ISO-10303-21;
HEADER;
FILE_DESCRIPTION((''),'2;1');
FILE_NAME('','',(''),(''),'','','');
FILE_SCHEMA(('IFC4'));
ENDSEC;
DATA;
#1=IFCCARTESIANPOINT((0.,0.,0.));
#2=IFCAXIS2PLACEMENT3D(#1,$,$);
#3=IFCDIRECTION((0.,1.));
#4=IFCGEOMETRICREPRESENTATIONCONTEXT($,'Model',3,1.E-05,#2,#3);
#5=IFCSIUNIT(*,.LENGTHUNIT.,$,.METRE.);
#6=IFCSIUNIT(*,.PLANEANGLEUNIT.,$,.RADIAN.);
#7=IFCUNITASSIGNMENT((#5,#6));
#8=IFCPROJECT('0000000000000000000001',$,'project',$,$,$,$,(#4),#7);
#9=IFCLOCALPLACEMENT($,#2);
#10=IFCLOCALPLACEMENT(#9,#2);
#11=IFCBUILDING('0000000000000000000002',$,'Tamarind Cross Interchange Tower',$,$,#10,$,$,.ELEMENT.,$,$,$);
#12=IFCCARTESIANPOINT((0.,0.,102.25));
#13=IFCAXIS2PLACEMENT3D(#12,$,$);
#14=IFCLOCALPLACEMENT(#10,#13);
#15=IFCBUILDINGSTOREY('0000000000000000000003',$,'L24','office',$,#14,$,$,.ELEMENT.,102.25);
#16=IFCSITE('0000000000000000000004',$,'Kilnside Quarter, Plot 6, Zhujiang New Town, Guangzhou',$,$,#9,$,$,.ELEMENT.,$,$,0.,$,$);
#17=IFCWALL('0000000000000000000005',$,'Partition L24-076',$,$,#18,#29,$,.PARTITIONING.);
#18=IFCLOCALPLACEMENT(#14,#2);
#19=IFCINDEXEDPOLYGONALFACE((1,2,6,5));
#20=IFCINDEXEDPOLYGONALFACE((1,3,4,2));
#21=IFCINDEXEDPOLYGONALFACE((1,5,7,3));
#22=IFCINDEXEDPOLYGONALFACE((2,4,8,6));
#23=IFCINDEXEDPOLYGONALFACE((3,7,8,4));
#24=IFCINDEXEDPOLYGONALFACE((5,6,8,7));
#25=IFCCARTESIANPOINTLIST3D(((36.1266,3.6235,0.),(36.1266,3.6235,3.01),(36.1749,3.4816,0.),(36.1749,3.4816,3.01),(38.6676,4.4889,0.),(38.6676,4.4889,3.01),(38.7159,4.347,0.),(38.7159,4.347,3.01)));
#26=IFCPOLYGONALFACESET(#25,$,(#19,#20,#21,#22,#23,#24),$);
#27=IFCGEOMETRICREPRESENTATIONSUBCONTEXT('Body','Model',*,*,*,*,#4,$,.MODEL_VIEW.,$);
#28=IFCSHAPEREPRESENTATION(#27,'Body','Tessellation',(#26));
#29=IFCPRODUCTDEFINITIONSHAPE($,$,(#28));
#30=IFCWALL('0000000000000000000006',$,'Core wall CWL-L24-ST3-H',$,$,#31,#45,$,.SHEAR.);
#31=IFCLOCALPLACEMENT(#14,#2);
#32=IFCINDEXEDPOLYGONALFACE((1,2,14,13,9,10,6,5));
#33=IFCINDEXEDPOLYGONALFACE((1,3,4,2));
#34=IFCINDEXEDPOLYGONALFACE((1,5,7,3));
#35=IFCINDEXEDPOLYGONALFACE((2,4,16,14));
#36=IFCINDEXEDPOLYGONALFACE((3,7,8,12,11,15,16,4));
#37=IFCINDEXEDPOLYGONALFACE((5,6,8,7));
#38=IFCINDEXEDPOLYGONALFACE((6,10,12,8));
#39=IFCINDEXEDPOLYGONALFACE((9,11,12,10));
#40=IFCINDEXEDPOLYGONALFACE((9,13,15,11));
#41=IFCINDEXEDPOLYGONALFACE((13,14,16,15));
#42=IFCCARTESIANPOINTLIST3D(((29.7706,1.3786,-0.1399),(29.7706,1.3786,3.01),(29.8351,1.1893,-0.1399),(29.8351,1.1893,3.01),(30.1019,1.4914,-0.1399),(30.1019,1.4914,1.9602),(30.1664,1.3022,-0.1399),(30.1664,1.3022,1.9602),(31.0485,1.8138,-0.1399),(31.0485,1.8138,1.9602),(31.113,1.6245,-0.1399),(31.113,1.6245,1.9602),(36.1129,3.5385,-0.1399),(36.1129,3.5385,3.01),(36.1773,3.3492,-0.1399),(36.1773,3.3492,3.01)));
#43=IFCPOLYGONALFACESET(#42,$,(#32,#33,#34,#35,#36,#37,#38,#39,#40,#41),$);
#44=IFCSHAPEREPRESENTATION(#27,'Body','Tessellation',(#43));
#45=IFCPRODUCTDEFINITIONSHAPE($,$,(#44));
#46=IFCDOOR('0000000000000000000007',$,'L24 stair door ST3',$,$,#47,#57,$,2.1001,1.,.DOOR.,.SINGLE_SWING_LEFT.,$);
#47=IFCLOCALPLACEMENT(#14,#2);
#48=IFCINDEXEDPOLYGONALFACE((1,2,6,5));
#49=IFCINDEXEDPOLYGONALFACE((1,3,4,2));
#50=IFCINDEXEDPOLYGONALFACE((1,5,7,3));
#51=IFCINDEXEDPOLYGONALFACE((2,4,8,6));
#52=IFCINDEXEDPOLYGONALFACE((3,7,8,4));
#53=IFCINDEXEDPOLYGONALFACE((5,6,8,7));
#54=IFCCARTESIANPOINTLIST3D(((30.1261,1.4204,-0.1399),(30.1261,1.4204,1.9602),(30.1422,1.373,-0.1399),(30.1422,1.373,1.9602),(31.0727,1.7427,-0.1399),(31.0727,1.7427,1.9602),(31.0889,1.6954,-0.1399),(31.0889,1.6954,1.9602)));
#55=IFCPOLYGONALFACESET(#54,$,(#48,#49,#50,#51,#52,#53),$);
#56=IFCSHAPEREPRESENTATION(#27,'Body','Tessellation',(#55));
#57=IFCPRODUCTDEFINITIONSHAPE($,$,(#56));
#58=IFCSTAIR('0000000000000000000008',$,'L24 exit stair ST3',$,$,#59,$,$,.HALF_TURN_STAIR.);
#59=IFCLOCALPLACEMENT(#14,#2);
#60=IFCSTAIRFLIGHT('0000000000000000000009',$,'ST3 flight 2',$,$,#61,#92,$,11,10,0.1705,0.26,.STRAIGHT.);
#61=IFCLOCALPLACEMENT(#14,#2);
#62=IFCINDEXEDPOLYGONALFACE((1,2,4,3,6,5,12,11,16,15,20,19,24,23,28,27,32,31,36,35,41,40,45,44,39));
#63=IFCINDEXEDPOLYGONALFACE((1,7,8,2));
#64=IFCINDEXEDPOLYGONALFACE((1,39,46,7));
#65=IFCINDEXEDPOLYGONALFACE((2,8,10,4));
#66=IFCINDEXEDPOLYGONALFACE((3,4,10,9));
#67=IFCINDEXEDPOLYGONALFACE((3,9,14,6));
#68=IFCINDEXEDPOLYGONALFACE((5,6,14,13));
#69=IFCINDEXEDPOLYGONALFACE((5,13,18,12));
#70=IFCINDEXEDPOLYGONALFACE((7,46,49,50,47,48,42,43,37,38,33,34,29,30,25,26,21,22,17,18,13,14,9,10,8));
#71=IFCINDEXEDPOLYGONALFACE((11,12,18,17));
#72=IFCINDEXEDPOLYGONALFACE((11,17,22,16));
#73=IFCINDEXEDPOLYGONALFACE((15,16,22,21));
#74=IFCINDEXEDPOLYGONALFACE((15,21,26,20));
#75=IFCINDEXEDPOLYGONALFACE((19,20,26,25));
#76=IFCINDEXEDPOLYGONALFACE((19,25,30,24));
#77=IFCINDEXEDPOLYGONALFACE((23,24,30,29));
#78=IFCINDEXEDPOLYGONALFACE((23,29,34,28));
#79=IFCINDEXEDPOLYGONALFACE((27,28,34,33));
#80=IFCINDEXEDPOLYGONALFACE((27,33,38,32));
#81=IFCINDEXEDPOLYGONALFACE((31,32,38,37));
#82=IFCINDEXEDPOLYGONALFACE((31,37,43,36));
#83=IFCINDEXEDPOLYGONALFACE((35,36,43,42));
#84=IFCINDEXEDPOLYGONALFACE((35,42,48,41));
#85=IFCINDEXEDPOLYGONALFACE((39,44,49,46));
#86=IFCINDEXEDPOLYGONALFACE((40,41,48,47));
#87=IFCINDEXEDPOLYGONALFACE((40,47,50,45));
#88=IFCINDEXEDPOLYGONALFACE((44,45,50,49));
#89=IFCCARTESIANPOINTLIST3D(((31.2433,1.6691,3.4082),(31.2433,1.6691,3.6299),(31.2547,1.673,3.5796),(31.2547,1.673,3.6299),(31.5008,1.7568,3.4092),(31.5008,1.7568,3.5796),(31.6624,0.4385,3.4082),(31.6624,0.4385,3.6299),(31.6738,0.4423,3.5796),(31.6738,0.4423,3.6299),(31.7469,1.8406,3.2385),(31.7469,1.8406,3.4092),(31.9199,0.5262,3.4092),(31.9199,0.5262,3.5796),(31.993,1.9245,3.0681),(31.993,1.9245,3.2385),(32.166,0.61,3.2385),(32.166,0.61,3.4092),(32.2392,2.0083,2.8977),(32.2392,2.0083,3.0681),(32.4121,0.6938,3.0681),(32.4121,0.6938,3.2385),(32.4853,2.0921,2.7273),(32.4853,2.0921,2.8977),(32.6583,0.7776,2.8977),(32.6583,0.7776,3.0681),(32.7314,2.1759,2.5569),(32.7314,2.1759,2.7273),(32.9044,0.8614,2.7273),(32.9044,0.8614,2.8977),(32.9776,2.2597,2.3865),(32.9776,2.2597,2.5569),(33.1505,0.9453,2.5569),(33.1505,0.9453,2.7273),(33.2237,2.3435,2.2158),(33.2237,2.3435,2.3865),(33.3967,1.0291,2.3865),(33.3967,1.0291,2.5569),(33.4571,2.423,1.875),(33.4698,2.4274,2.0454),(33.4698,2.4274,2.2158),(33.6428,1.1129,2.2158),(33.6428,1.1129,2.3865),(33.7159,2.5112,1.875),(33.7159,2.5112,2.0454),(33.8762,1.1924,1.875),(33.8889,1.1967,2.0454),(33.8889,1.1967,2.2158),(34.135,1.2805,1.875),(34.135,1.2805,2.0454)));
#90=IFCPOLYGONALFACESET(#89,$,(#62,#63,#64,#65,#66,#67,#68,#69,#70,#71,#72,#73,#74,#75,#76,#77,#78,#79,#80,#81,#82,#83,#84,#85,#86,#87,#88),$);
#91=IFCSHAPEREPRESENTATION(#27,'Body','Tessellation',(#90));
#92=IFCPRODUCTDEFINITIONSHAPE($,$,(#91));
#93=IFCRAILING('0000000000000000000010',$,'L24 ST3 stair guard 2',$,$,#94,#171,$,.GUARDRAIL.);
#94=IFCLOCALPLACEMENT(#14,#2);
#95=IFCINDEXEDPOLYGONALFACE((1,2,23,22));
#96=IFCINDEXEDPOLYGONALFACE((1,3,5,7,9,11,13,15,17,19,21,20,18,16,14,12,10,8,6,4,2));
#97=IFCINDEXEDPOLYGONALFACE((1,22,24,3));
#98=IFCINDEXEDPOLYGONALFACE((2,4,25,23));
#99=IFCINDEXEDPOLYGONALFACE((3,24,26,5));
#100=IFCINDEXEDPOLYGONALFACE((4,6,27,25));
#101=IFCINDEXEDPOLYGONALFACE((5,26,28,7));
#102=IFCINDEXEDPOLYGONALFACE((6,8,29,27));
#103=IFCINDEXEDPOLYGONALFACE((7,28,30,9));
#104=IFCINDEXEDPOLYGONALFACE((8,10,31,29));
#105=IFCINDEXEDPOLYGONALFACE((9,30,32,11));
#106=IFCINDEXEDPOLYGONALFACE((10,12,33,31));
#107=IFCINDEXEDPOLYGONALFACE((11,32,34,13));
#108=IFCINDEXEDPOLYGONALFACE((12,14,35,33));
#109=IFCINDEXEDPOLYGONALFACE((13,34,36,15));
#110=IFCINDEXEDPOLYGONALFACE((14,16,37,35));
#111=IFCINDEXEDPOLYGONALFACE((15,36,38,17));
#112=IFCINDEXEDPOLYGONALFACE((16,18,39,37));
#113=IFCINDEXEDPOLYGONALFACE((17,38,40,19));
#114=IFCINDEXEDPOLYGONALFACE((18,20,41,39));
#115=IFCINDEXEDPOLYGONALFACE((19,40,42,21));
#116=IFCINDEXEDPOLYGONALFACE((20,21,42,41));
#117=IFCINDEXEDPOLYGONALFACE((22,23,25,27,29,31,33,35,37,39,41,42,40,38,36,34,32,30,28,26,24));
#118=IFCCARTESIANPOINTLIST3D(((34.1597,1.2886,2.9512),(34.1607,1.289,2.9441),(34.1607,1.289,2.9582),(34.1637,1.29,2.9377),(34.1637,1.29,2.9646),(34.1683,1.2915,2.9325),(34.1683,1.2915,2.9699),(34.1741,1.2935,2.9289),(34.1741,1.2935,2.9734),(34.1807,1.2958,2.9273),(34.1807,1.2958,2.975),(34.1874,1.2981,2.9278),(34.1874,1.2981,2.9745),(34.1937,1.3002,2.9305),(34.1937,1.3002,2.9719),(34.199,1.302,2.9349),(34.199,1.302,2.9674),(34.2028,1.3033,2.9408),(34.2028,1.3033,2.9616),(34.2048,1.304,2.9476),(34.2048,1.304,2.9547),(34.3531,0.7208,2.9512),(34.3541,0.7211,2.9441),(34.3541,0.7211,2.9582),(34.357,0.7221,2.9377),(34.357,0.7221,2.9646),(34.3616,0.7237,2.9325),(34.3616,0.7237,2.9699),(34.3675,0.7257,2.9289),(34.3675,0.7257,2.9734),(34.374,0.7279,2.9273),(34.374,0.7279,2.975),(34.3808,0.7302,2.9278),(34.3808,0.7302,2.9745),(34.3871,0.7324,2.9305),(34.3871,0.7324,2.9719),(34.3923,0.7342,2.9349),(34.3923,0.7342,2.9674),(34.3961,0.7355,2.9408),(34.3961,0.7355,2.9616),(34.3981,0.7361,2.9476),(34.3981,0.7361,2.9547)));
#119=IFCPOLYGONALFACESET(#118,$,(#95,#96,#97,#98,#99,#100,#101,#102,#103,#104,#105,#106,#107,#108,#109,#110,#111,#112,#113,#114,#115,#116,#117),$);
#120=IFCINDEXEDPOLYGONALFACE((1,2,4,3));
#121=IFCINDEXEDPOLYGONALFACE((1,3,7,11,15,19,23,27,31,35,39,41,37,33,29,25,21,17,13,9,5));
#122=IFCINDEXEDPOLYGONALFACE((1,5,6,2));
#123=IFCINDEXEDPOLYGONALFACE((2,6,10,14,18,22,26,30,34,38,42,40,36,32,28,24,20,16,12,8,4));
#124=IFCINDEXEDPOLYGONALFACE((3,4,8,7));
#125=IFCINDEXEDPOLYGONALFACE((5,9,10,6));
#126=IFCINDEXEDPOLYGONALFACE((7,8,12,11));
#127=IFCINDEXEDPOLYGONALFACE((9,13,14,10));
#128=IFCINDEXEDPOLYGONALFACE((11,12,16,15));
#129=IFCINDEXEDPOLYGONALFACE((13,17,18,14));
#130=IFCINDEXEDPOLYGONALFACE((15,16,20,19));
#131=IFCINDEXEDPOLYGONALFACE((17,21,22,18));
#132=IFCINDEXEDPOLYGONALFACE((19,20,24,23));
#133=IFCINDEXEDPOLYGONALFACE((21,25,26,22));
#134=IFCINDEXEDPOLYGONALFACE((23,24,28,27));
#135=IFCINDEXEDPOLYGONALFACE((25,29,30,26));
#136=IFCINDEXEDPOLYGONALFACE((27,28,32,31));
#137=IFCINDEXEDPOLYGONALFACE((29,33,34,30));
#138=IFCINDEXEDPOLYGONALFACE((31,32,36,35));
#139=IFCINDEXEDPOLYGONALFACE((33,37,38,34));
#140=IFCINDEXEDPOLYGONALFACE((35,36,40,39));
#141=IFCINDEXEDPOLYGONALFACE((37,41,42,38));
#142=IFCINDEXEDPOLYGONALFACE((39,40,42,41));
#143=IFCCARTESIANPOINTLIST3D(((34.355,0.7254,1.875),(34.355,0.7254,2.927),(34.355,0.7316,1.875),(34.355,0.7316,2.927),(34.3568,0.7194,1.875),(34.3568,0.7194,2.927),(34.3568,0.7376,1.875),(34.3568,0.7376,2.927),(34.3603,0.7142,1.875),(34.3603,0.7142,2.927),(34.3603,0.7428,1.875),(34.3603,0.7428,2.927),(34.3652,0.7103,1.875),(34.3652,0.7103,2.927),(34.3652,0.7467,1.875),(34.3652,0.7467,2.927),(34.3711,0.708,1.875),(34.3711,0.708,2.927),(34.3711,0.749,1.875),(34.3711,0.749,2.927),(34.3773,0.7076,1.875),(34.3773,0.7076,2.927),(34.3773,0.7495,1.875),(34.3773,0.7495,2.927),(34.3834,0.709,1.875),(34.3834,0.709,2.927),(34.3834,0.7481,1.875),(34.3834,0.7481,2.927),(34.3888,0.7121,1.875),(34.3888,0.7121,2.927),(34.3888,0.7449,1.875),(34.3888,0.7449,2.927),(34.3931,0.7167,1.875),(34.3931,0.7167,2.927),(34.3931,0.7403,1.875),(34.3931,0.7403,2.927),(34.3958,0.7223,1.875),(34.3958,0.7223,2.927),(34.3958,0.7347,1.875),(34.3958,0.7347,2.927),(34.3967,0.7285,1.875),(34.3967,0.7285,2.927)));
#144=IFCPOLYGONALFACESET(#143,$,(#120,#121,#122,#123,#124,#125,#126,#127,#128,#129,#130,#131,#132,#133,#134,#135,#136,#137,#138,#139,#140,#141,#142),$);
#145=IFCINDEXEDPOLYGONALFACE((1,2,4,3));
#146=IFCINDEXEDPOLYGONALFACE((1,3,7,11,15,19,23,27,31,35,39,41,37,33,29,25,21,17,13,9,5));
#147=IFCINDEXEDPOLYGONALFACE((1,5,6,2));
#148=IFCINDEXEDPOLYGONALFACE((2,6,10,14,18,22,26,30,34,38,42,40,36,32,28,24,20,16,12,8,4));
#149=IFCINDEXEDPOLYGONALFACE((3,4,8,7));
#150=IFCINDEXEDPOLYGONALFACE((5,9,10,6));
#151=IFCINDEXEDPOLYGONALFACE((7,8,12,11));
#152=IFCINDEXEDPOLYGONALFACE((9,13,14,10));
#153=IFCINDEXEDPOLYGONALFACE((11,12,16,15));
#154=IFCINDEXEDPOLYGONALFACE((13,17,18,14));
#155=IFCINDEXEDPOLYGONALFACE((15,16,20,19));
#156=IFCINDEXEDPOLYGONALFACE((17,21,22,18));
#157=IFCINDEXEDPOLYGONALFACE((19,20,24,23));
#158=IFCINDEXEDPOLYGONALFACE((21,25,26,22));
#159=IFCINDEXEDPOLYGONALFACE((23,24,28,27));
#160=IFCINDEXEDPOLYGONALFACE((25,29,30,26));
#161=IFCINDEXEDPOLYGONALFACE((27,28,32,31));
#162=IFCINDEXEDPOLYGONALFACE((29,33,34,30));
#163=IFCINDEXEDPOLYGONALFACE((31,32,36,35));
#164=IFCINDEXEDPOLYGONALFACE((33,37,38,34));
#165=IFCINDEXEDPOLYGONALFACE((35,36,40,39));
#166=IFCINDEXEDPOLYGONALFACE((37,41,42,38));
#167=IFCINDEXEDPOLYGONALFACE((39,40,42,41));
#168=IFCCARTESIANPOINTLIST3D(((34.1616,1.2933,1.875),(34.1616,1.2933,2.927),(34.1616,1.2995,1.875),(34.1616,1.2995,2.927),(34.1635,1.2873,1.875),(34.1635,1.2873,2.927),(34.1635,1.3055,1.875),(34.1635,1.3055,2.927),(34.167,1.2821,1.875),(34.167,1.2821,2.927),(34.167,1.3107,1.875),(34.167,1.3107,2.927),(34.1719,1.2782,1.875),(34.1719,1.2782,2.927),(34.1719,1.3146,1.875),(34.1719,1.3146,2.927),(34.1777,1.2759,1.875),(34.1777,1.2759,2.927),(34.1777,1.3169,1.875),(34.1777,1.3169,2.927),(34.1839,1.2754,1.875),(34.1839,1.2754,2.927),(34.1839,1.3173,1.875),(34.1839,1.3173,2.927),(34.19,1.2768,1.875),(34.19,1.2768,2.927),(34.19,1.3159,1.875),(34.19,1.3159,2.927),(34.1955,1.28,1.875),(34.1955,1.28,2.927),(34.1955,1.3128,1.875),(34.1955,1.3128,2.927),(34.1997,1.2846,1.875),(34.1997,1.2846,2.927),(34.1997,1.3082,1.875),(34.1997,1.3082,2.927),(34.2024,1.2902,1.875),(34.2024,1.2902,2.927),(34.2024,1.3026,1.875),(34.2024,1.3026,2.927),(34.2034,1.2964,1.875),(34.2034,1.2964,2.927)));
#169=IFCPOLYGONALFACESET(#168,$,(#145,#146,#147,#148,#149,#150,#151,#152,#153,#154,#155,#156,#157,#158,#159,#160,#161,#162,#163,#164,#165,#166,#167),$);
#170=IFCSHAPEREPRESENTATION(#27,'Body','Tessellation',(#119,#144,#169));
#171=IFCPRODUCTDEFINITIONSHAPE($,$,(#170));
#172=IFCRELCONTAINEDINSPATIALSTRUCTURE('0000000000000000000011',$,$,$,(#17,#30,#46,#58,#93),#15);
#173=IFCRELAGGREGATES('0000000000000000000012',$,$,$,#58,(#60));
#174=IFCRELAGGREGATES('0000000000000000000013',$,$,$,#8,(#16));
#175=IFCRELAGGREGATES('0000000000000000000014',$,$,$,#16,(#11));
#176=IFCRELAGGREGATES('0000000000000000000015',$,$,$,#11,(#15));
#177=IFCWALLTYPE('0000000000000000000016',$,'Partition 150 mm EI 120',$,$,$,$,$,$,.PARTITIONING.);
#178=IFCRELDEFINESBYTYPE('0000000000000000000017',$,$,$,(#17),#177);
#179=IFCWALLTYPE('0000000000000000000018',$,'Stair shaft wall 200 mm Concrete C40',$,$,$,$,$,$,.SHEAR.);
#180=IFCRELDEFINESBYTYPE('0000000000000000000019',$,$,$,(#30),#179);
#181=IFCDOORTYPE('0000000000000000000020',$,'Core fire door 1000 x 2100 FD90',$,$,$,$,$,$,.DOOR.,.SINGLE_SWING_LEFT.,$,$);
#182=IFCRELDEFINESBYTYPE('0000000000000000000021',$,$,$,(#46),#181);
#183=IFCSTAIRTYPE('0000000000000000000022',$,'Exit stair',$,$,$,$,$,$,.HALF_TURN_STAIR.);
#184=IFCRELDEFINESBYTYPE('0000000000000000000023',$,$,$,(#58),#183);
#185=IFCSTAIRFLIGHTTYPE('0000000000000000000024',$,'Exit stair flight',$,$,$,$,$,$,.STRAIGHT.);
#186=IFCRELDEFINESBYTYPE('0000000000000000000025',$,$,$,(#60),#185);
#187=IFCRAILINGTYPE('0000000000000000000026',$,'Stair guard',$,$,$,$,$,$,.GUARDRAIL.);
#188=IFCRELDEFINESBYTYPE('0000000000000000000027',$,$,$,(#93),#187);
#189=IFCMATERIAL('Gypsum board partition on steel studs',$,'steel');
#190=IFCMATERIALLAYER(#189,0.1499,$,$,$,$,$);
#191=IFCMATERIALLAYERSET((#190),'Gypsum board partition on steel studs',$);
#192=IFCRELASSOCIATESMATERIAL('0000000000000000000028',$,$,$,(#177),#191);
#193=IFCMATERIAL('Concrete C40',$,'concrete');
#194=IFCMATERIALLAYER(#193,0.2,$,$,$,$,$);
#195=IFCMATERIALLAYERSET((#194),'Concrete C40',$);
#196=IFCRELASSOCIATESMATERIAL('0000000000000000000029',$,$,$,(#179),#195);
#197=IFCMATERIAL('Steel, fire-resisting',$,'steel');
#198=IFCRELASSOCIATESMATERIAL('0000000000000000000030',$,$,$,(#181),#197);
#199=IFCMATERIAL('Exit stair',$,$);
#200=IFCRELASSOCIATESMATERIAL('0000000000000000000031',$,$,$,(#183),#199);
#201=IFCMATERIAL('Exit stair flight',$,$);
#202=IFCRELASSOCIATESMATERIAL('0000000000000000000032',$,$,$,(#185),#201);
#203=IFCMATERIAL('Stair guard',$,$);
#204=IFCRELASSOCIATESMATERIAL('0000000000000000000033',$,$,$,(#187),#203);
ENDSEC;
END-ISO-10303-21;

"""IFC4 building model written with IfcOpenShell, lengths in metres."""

from ifc_helpers import new_model, si_unit, direction, frame, frame_2d, origin, origin_2d, place, context, subcontext, project, spatial, polyline, rectangle, circle, outline, extrude, material, layer, layer_set, type_object, element, fill, aggregate, save


model = new_model("IFC4")

# Units and contexts
model_context = context("Model", 3, precision=1e-05, world=origin(), true_north=direction((0.0, 1.0)))
body_context = subcontext(model_context, "Body", "Model", "MODEL_VIEW")
ifc_project = project(units=[si_unit("LENGTHUNIT", "METRE"), si_unit("PLANEANGLEUNIT", "RADIAN")], contexts=[model_context])

# Site, building, storey
site_placement = place(None, origin())
site = spatial("IfcSite", under=ifc_project, at=site_placement, Name="Kilnside Quarter, Plot 6, Zhujiang New Town, Guangzhou", CompositionType="ELEMENT", RefElevation=0.0)
building_placement = place(site_placement, origin())
building = spatial("IfcBuilding", under=site, at=building_placement, Name="Tamarind Cross Interchange Tower", CompositionType="ELEMENT")
storey_placement = place(building_placement, frame((0.0, 0.0, 102.25)))
storey = spatial("IfcBuildingStorey", under=building, at=storey_placement, Name="L24", Description="office", CompositionType="ELEMENT", Elevation=102.25)

# Shared definitions
ifc_material_1 = material(Name="Gypsum board partition on steel studs", Category="steel")

# Shared definitions
ifc_layer_1 = layer(ifc_material_1, 0.1499)
ifc_layer_set_1 = layer_set([ifc_layer_1], Name="Gypsum board partition on steel studs")
wall_type_1 = type_object("IfcWallType", Name="Partition 150 mm EI 120", PredefinedType="PARTITIONING", material=ifc_layer_set_1)

# Wall
wall_1_placement = place(storey_placement, frame((36.1506, 3.5525, 0.0), z_axis=(0.0, 0.0, 1.0), x_axis=(0.946599, 0.322415, 0.0)))
element("IfcWall", 1, at=wall_1_placement, inside=storey, type_object=wall_type_1, Name="Partition L24-076", PredefinedType="PARTITIONING", context=body_context, shape_type="SweptSolid", body=[
    extrude(rectangle(XDim=2.6843, YDim=0.1499, at=frame_2d((1.3423, 0.0))), origin(), (0.0, 0.0, 1.0), 3.01),
])

# Wall, opening, door
ifc_material_2 = material(Name="Concrete C40", Category="concrete")
ifc_layer_2 = layer(ifc_material_2, 0.2)
ifc_layer_set_2 = layer_set([ifc_layer_2], Name="Concrete C40")
wall_type_2 = type_object("IfcWallType", Name="Stair shaft wall 200 mm Concrete C40", PredefinedType="SHEAR", material=ifc_layer_set_2)
wall_2_placement = place(storey_placement, frame((29.8027, 1.2839, -0.1399), z_axis=(0.0, 0.0, 1.0), x_axis=(0.946612, 0.322376, 0.0)))
wall_2 = element("IfcWall", 2, at=wall_2_placement, inside=storey, type_object=wall_type_2, Name="Core wall CWL-L24-ST3-H", PredefinedType="SHEAR", context=body_context, shape_type="SweptSolid", body=[
    extrude(rectangle(XDim=6.7, YDim=0.2, at=frame_2d((3.3501, 0.0))), origin(), (0.0, 0.0, 1.0), 3.1499),
])
opening_1_placement = place(wall_2_placement, frame((0.3501, 0.0, 0.0)))
opening_1 = element("IfcOpeningElement", 3, at=opening_1_placement, cuts=wall_2, PredefinedType="OPENING", context=body_context, shape_type="SweptSolid", body=[
    extrude(rectangle(XDim=1.0, YDim=2.1001, at=frame_2d((0.5, 1.05))), frame((0.0, 0.1099, 0.0), z_axis=(0.0, -1.0, 0.0), x_axis=(1.0, 0.0, 0.0)), (0.0, 0.0, 1.0), 0.22),
])
ifc_material_3 = material(Name="Steel, fire-resisting", Category="steel")
door_type_1 = type_object("IfcDoorType", Name="Core fire door 1000 x 2100 FD90", OperationType="SINGLE_SWING_LEFT", PredefinedType="DOOR", material=ifc_material_3)
door_1_placement = place(opening_1_placement, origin())
door_1 = element("IfcDoor", 4, at=door_1_placement, inside=storey, type_object=door_type_1, Name="L24 stair door ST3", OperationType="SINGLE_SWING_LEFT", OverallHeight=2.1001, OverallWidth=1.0, PredefinedType="DOOR", context=body_context, shape_type="SweptSolid", body=[
    extrude(rectangle(XDim=1.0, YDim=2.1001, at=frame_2d((0.5, 1.05))), frame((0.0, 0.0249, 0.0), z_axis=(0.0, -1.0, 0.0), x_axis=(1.0, 0.0, 0.0)), (0.0, 0.0, 1.0), 0.05),
])
fill(opening_1, door_1)

# Stair, stair flight
ifc_material_4 = material(Name="Exit stair")
stair_type = type_object("IfcStairType", Name="Exit stair", PredefinedType="HALF_TURN_STAIR", material=ifc_material_4)
stair_placement = place(storey_placement, origin())
stair = element("IfcStair", 5, at=stair_placement, inside=storey, type_object=stair_type, Name="L24 exit stair ST3", PredefinedType="HALF_TURN_STAIR")
ifc_material_5 = material(Name="Exit stair flight")
stair_flight_type = type_object("IfcStairFlightType", Name="Exit stair flight", PredefinedType="STRAIGHT", material=ifc_material_5)
stair_flight_placement = place(storey_placement, frame((33.9255, 1.8958, 1.875), z_axis=(0.0, 0.0, 1.0), x_axis=(-0.946613, -0.322371, 0.0)))
stair_flight = element("IfcStairFlight", 6, at=stair_flight_placement, type_object=stair_flight_type, Name="ST3 flight 2", NumberOfRisers=11, NumberOfTreads=10, PredefinedType="STRAIGHT", RiserHeight=0.1705, TreadLength=0.26, context=body_context, shape_type="SweptSolid", body=[
    extrude(outline(polyline([(0.0, 0.0), (0.0, 0.1704), (0.26, 0.1704), (0.26, 0.3408), (0.52, 0.3408), (0.52, 0.5115), (0.78, 0.5115), (0.78, 0.6819), (1.04, 0.6819), (1.04, 0.8523), (1.3, 0.8523), (1.3, 1.0227), (1.5601, 1.0227), (1.5601, 1.1931), (1.8201, 1.1931), (1.8201, 1.3635), (2.0801, 1.3635), (2.0801, 1.5342), (2.3401, 1.5342), (2.3401, 1.7046), (2.6001, 1.7046), (2.6001, 1.7549), (2.6121, 1.7549), (2.6121, 1.5332), (0.2734, 0.0), (0.0, 0.0)])), frame((0.0, 0.6499, 0.0), z_axis=(0.0, -1.0, 0.0), x_axis=(1.0, 0.0, 0.0)), (0.0, 0.0, 1.0), 1.3),
])
aggregate(stair, [stair_flight])

# Railing
ifc_material_6 = material(Name="Stair guard")
railing_type_1 = type_object("IfcRailingType", Name="Stair guard", PredefinedType="GUARDRAIL", material=ifc_material_6)
railing_1_placement = place(storey_placement, frame((34.3757, 0.7285, 1.875)))
element("IfcRailing", 7, at=railing_1_placement, inside=storey, type_object=railing_type_1, Name="L24 ST3 stair guard 2", PredefinedType="GUARDRAIL", context=body_context, shape_type="SweptSolid", body=[
    extrude(circle(Radius=0.0239, at=origin_2d()), frame((0.0, 0.0, 1.0762), z_axis=(-0.322326, 0.946629, 0.0), x_axis=(-0.946629, -0.322326, 0.0)), (0.0, 0.0, 1.0), 0.5999),
    extrude(circle(Radius=0.021, at=origin_2d()), origin(), (0.0, 0.0, 1.0), 1.052),
    extrude(circle(Radius=0.021, at=origin_2d()), frame((-0.1934, 0.5679, 0.0)), (0.0, 0.0, 1.0), 1.052),
])

save(model, "model.ifc")
